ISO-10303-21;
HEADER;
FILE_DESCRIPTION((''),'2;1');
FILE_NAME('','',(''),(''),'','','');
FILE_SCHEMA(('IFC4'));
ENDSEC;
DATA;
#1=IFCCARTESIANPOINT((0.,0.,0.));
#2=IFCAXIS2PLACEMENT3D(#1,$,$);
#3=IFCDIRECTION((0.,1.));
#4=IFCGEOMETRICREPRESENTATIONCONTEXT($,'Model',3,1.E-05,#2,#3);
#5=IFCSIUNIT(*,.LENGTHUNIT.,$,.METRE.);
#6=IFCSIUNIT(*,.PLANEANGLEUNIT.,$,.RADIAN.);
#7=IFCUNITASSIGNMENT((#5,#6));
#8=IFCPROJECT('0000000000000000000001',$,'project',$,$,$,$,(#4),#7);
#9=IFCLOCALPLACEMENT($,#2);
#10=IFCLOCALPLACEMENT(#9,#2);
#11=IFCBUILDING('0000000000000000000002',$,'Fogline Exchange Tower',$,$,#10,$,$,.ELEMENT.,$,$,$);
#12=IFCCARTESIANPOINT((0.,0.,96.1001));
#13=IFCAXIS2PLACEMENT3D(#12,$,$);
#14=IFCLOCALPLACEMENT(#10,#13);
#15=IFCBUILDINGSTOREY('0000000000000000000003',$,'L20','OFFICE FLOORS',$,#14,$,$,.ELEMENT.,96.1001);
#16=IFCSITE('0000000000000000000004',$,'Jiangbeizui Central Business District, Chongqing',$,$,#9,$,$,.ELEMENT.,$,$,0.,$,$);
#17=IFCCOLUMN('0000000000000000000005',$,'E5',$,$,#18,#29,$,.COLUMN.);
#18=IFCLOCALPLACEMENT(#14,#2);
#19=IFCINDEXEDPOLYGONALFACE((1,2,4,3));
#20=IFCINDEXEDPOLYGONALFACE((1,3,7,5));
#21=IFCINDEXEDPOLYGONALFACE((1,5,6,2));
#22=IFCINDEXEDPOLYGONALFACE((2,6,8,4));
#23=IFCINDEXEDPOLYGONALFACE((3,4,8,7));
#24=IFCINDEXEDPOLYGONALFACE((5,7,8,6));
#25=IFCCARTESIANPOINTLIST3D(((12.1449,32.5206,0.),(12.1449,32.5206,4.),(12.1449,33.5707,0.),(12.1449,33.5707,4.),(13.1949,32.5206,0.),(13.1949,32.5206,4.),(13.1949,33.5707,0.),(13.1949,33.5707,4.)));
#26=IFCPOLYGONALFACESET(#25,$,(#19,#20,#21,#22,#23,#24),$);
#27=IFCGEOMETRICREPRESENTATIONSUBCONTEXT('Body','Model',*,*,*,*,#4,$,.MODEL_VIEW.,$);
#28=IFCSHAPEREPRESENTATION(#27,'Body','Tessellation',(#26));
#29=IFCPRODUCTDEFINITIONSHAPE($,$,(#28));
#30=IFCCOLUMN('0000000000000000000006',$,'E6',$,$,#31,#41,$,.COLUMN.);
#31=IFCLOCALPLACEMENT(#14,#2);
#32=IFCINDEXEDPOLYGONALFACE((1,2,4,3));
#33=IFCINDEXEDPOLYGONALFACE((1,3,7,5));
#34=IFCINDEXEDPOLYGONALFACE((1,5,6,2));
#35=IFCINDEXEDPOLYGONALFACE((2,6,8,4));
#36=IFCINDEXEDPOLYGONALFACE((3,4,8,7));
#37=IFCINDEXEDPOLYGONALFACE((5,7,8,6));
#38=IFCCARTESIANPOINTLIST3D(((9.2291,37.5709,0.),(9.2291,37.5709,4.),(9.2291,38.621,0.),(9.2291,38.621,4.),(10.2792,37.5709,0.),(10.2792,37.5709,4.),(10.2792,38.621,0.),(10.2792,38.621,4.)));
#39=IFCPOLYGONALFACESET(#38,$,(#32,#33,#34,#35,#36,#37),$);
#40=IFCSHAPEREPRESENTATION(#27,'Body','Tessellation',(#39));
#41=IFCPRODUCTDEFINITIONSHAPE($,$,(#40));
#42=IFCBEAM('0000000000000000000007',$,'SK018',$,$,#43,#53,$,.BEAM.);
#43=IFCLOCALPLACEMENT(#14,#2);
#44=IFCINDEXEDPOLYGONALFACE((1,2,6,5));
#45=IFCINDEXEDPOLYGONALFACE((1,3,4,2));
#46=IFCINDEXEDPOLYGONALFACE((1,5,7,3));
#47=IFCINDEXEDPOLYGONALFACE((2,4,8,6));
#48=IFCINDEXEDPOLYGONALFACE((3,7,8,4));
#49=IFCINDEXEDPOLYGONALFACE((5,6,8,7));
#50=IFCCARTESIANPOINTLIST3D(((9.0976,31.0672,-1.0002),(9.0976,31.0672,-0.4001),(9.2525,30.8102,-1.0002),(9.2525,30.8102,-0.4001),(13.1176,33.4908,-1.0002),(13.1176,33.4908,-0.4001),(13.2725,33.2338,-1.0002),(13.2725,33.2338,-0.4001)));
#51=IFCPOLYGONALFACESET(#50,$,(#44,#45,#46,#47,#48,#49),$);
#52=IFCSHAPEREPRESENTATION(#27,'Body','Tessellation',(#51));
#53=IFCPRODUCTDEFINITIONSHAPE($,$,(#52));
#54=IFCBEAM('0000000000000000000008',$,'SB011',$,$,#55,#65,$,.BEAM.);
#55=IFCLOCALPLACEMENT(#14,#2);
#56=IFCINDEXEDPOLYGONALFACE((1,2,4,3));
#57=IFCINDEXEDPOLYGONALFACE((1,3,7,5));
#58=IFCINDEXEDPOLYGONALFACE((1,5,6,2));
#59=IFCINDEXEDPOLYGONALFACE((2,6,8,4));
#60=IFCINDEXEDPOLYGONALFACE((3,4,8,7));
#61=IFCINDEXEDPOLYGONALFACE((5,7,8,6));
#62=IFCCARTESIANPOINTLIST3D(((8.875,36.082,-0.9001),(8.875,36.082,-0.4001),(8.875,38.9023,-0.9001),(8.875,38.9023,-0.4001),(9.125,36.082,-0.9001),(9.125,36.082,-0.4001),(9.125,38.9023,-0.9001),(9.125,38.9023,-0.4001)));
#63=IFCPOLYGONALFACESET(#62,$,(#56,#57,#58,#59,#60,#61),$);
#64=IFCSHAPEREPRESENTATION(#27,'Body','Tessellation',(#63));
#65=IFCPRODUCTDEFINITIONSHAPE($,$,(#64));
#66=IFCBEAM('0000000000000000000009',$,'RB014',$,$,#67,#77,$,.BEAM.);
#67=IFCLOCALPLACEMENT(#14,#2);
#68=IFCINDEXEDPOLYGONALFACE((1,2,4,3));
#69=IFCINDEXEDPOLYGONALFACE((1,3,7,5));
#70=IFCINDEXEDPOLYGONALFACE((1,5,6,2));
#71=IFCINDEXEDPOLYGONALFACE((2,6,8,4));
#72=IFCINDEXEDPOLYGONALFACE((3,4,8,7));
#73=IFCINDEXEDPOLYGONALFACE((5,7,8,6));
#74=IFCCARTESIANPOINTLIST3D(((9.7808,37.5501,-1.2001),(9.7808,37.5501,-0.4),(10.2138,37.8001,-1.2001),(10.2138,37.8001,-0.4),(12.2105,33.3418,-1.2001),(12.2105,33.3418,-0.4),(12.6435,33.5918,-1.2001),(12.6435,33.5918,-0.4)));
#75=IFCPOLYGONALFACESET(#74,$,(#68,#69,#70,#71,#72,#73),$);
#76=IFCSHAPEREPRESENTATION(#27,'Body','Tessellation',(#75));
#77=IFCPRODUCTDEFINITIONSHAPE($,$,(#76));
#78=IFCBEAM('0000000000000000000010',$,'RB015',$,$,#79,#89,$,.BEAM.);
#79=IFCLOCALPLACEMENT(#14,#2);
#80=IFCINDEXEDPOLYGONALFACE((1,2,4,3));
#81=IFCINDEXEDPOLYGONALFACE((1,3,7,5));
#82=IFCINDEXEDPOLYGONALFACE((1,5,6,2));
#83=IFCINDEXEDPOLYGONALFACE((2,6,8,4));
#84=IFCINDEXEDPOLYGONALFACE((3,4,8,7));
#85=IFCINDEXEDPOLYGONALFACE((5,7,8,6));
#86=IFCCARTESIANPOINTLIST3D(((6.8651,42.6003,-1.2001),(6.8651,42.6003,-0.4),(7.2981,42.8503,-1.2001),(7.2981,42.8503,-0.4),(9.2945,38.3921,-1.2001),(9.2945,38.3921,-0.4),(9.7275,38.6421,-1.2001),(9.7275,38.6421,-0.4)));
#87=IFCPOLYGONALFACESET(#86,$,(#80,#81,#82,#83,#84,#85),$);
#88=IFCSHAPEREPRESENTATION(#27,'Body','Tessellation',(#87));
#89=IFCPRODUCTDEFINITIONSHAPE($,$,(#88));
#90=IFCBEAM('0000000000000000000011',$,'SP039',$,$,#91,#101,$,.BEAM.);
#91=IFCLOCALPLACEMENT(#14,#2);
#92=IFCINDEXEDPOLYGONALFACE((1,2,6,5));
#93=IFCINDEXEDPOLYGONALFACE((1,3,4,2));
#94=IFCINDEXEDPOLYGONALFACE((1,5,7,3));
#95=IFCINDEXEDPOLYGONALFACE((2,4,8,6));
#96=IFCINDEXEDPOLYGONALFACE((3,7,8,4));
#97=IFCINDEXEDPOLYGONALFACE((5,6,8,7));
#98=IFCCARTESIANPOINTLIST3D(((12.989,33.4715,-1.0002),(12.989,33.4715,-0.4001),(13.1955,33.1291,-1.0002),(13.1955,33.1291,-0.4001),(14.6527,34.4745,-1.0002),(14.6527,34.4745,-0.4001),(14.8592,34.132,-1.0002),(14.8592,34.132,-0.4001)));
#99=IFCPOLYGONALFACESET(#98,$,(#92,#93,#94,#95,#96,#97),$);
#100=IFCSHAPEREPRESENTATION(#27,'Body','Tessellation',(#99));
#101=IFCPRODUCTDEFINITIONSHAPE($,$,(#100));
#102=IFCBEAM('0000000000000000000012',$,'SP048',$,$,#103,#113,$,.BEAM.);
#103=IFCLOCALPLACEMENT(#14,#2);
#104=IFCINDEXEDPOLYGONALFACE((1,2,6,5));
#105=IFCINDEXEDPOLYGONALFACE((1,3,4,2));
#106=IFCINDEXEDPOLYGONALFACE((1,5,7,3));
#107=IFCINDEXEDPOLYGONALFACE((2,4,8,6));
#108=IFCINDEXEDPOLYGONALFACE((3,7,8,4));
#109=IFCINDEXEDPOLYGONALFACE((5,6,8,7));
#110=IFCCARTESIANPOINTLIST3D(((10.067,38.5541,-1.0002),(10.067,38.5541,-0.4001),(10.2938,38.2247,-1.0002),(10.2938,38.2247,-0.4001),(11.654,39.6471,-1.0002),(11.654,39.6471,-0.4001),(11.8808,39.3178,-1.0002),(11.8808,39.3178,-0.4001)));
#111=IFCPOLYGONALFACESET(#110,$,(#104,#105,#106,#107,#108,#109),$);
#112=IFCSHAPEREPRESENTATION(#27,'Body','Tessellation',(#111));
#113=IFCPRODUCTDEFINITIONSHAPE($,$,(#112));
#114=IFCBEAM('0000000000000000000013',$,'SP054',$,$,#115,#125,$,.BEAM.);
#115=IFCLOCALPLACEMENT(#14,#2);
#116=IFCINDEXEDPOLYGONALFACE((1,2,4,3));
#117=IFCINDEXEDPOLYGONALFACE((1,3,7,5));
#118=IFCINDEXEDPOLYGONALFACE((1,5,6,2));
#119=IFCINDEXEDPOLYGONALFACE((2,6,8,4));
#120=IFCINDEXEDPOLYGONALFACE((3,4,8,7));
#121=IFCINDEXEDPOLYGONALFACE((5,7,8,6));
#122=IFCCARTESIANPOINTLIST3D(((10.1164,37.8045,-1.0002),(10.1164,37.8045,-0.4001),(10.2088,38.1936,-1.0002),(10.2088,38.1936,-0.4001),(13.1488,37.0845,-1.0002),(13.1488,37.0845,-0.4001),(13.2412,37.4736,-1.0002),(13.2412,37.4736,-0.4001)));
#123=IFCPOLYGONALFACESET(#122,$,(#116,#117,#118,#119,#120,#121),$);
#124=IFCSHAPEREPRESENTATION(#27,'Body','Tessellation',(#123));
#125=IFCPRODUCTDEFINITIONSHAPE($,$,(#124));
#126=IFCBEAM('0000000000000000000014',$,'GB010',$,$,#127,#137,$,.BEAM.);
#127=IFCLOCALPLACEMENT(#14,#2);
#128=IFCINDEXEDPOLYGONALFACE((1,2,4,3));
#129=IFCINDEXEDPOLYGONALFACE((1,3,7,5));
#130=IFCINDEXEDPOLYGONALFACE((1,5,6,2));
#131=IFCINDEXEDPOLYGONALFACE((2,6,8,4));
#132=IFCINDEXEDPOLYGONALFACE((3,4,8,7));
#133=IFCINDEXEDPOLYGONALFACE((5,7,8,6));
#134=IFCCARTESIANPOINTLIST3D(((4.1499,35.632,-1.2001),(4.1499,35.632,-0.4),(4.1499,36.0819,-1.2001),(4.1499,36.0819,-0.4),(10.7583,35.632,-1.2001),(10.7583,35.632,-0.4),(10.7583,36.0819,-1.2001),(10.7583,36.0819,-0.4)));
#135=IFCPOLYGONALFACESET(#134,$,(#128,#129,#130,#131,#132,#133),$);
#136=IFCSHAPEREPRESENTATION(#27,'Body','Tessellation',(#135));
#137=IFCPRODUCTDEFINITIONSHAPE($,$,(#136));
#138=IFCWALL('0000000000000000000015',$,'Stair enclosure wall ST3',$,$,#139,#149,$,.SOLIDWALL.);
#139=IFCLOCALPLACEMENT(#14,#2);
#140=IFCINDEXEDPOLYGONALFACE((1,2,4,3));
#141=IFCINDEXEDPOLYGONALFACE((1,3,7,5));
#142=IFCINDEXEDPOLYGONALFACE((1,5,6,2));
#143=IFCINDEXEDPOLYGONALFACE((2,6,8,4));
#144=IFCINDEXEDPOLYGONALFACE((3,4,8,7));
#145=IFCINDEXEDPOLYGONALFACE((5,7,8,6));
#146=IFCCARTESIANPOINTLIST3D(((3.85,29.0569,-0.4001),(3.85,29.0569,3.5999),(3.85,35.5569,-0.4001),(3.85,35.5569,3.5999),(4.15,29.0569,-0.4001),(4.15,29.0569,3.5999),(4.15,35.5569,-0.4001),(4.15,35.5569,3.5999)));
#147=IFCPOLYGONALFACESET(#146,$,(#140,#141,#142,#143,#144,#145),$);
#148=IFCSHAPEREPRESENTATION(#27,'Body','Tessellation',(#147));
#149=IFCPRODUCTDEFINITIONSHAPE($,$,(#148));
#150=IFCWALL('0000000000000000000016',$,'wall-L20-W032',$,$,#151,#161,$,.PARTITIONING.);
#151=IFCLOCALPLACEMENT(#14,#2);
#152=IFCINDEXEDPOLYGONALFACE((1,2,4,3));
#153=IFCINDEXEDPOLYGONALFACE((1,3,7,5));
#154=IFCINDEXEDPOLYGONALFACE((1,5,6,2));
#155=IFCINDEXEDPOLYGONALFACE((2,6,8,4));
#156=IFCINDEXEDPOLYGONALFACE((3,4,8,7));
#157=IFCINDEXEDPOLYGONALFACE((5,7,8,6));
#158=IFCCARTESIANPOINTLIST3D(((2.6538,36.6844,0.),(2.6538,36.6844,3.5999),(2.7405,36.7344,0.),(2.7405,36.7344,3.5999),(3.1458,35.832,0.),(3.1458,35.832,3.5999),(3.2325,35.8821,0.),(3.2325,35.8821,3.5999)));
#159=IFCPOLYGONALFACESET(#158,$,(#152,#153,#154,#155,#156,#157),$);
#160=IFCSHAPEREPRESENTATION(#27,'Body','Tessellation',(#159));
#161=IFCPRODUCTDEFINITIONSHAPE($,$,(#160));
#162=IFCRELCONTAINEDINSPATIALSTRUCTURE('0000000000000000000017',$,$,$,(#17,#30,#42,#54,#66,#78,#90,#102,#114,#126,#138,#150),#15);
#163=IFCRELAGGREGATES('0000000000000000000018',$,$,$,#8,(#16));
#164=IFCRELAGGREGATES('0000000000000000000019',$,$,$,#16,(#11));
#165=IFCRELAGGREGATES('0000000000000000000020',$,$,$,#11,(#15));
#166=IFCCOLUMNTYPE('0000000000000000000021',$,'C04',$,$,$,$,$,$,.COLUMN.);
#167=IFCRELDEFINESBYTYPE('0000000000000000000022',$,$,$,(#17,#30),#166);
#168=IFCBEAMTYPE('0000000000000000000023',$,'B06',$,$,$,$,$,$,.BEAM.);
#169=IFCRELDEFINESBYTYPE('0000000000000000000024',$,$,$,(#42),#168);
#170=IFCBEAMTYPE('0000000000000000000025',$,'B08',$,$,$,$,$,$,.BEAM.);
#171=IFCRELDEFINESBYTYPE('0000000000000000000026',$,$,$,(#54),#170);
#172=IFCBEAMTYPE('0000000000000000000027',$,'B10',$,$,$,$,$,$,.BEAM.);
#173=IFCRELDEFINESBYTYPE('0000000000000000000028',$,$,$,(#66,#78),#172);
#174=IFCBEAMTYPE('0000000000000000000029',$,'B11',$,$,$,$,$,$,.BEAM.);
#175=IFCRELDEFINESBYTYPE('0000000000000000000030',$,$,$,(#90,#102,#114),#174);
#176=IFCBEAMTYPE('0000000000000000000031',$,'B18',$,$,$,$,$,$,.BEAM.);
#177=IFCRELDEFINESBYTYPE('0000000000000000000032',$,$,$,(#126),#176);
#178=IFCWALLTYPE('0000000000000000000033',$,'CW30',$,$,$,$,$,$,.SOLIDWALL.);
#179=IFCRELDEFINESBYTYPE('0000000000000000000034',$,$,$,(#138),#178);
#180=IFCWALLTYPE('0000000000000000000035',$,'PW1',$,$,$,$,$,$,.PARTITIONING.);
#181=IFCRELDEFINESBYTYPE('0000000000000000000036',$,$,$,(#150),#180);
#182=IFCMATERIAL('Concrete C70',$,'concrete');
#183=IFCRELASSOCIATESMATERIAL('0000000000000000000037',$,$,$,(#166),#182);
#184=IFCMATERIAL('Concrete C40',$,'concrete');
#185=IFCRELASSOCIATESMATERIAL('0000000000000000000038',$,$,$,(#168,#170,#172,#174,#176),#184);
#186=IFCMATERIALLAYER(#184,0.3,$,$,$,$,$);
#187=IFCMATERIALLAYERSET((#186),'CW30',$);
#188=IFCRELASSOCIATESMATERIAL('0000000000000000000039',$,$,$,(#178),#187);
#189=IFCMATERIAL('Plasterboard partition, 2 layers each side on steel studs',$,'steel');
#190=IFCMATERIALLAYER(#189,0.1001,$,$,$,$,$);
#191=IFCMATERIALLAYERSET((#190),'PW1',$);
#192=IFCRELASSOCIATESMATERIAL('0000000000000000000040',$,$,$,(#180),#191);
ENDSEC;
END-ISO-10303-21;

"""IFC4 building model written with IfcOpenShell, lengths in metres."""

from ifc_helpers import new_model, si_unit, direction, frame, frame_2d, origin, origin_2d, place, context, subcontext, project, spatial, rectangle, extrude, material, layer, layer_set, material_profile, profile_set, type_object, element, save


model = new_model("IFC4")

# Units and contexts
model_context = context("Model", 3, precision=1e-05, world=origin(), true_north=direction((0.0, 1.0)))
body_context = subcontext(model_context, "Body", "Model", "MODEL_VIEW")
ifc_project = project(units=[si_unit("LENGTHUNIT", "METRE"), si_unit("PLANEANGLEUNIT", "RADIAN")], contexts=[model_context])

# Site, building, storey
site_placement = place(None, origin())
site = spatial("IfcSite", under=ifc_project, at=site_placement, Name="Jiangbeizui Central Business District, Chongqing", CompositionType="ELEMENT", RefElevation=0.0)
building_placement = place(site_placement, origin())
building = spatial("IfcBuilding", under=site, at=building_placement, Name="Fogline Exchange Tower", CompositionType="ELEMENT")
storey_placement = place(building_placement, frame((0.0, 0.0, 96.1001)))
storey = spatial("IfcBuildingStorey", under=building, at=storey_placement, Name="L20", Description="OFFICE FLOORS", CompositionType="ELEMENT", Elevation=96.1001)

# Columns
ifc_material_1 = material(Name="Concrete C70", Category="concrete")
ifc_material_profile_1 = material_profile(ifc_material_1, rectangle(XDim=1.05, YDim=1.05, at=origin_2d()), Name="RC 1050x1050")
ifc_profile_set_1 = profile_set([ifc_material_profile_1], Name="Concrete C70")
column_type = type_object("IfcColumnType", Name="C04", PredefinedType="COLUMN", material=ifc_profile_set_1)
for number, where, z_axis, x_axis, name in (
    (1, (12.6699, 33.0457, 0.0), (0.0, 0.0, 1.0), (1.0, 0.0, 0.0), "E5"),
    (2, (9.7542, 38.0959, 0.0), (0.0, 0.0, 1.0), (1.0, 0.0, 0.0), "E6"),
):
    element("IfcColumn", number, at=place(storey_placement, frame(where, z_axis=z_axis, x_axis=x_axis)), inside=storey, type_object=column_type, Name=name, PredefinedType="COLUMN", context=body_context, shape_type="SweptSolid", body=[
        extrude(rectangle(XDim=1.05, YDim=1.05, at=origin_2d()), origin(), (0.0, 0.0, 1.0), 4.0),
    ])

# Beams
ifc_material_2 = material(Name="Concrete C40", Category="concrete")
ifc_material_profile_2 = material_profile(ifc_material_2, rectangle(XDim=0.3, YDim=0.6001, at=origin_2d()), Name="RC 300x600")
ifc_profile_set_2 = profile_set([ifc_material_profile_2], Name="Concrete C40")
beam_type_1 = type_object("IfcBeamType", Name="B06", PredefinedType="BEAM", material=ifc_profile_set_2)
beam_1_placement = place(storey_placement, frame((13.1951, 33.3623, -0.7002), z_axis=(-0.856403, -0.516307, 0.0), x_axis=(0.516307, -0.856403, 0.0)))
element("IfcBeam", 3, at=beam_1_placement, inside=storey, type_object=beam_type_1, Name="SK018", PredefinedType="BEAM", context=body_context, shape_type="SweptSolid", body=[
    extrude(rectangle(XDim=0.3, YDim=0.6001, at=origin_2d()), origin(), (0.0, 0.0, 1.0), 4.6941),
])
ifc_material_profile_3 = material_profile(ifc_material_2, rectangle(XDim=0.25, YDim=0.5, at=origin_2d()), Name="RC 250x500")
ifc_profile_set_3 = profile_set([ifc_material_profile_3], Name="Concrete C40")
beam_type_2 = type_object("IfcBeamType", Name="B08", PredefinedType="BEAM", material=ifc_profile_set_3)
beam_2_placement = place(storey_placement, frame((9.0, 36.082, -0.6501), z_axis=(0.0, 1.0, 0.0), x_axis=(-1.0, 0.0, 0.0)))
element("IfcBeam", 4, at=beam_2_placement, inside=storey, type_object=beam_type_2, Name="SB011", PredefinedType="BEAM", context=body_context, shape_type="SweptSolid", body=[
    extrude(rectangle(XDim=0.25, YDim=0.5, at=origin_2d()), origin(), (0.0, 0.0, 1.0), 2.8203),
])
ifc_material_profile_4 = material_profile(ifc_material_2, rectangle(XDim=0.5, YDim=0.8, at=origin_2d()), Name="RC 500x800")
ifc_profile_set_4 = profile_set([ifc_material_profile_4], Name="Concrete C40")
beam_type_3 = type_object("IfcBeamType", Name="B10", PredefinedType="BEAM", material=ifc_profile_set_4)
beam_3_placement = place(storey_placement, frame((12.427, 33.4668, -0.8), z_axis=(-0.500008, 0.866021, 0.0), x_axis=(-0.866021, -0.500008, 0.0)))
element("IfcBeam", 5, at=beam_3_placement, inside=storey, type_object=beam_type_3, Name="RB014", PredefinedType="BEAM", context=body_context, shape_type="SweptSolid", body=[
    extrude(rectangle(XDim=0.5, YDim=0.8, at=origin_2d()), origin(), (0.0, 0.0, 1.0), 4.8594),
])
beam_4_placement = place(storey_placement, frame((9.511, 38.5171, -0.8), z_axis=(-0.49997, 0.866043, 0.0), x_axis=(-0.866043, -0.49997, 0.0)))
element("IfcBeam", 6, at=beam_4_placement, inside=storey, type_object=beam_type_3, Name="RB015", PredefinedType="BEAM", context=body_context, shape_type="SweptSolid", body=[
    extrude(rectangle(XDim=0.5, YDim=0.8, at=origin_2d()), origin(), (0.0, 0.0, 1.0), 4.8591),
])
ifc_material_profile_5 = material_profile(ifc_material_2, rectangle(XDim=0.3999, YDim=0.6001, at=origin_2d()), Name="RC 400x600")
ifc_profile_set_5 = profile_set([ifc_material_profile_5], Name="Concrete C40")
beam_type_4 = type_object("IfcBeamType", Name="B11", PredefinedType="BEAM", material=ifc_profile_set_5)
beam_5_placement = place(storey_placement, frame((13.0923, 33.3003, -0.7002), z_axis=(0.856404, 0.516306, 0.0), x_axis=(-0.516306, 0.856404, 0.0)))
element("IfcBeam", 7, at=beam_5_placement, inside=storey, type_object=beam_type_4, Name="SP039", PredefinedType="BEAM", context=body_context, shape_type="SweptSolid", body=[
    extrude(rectangle(XDim=0.3999, YDim=0.6001, at=origin_2d()), origin(), (0.0, 0.0, 1.0), 1.9426),
])
beam_6_placement = place(storey_placement, frame((10.1804, 38.3894, -0.7002), z_axis=(0.823554, 0.567238, 0.0), x_axis=(-0.567238, 0.823554, 0.0)))
element("IfcBeam", 8, at=beam_6_placement, inside=storey, type_object=beam_type_4, Name="SP048", PredefinedType="BEAM", context=body_context, shape_type="SweptSolid", body=[
    extrude(rectangle(XDim=0.3999, YDim=0.6001, at=origin_2d()), origin(), (0.0, 0.0, 1.0), 1.927),
])
beam_7_placement = place(storey_placement, frame((10.1626, 37.999, -0.7002), z_axis=(0.972954, -0.230999, 0.0), x_axis=(0.230999, 0.972954, 0.0)))
element("IfcBeam", 9, at=beam_7_placement, inside=storey, type_object=beam_type_4, Name="SP054", PredefinedType="BEAM", context=body_context, shape_type="SweptSolid", body=[
    extrude(rectangle(XDim=0.3999, YDim=0.6001, at=origin_2d()), origin(), (0.0, 0.0, 1.0), 3.1167),
])
ifc_material_profile_6 = material_profile(ifc_material_2, rectangle(XDim=0.45, YDim=0.8, at=origin_2d()), Name="RC 450x800")
ifc_profile_set_6 = profile_set([ifc_material_profile_6], Name="Concrete C40")
beam_type_5 = type_object("IfcBeamType", Name="B18", PredefinedType="BEAM", material=ifc_profile_set_6)
beam_8_placement = place(storey_placement, frame((4.1499, 35.8569, -0.8), z_axis=(1.0, 0.0, 0.0), x_axis=(0.0, 1.0, 0.0)))
element("IfcBeam", 10, at=beam_8_placement, inside=storey, type_object=beam_type_5, Name="GB010", PredefinedType="BEAM", context=body_context, shape_type="SweptSolid", body=[
    extrude(rectangle(XDim=0.45, YDim=0.8, at=origin_2d()), origin(), (0.0, 0.0, 1.0), 6.6084),
])

# Walls
ifc_layer_1 = layer(ifc_material_2, 0.3)
ifc_layer_set_1 = layer_set([ifc_layer_1], Name="CW30")
wall_type_1 = type_object("IfcWallType", Name="CW30", PredefinedType="SOLIDWALL", material=ifc_layer_set_1)
wall_1_placement = place(storey_placement, frame((4.0, 29.0569, -0.4001), z_axis=(0.0, 0.0, 1.0), x_axis=(0.0, 1.0, 0.0)))
element("IfcWall", 11, at=wall_1_placement, inside=storey, type_object=wall_type_1, Name="Stair enclosure wall ST3", PredefinedType="SOLIDWALL", context=body_context, shape_type="SweptSolid", body=[
    extrude(rectangle(XDim=6.5, YDim=0.3, at=frame_2d((3.25, 0.0))), origin(), (0.0, 0.0, 1.0), 4.0),
])
ifc_material_3 = material(Name="Plasterboard partition, 2 layers each side on steel studs", Category="steel")
ifc_layer_2 = layer(ifc_material_3, 0.1001)
ifc_layer_set_2 = layer_set([ifc_layer_2], Name="PW1")
wall_type_2 = type_object("IfcWallType", Name="PW1", PredefinedType="PARTITIONING", material=ifc_layer_set_2)
wall_2_placement = place(storey_placement, frame((3.1892, 35.8569, 0.0), z_axis=(0.0, 0.0, 1.0), x_axis=(-0.499901, 0.866082, 0.0)))
element("IfcWall", 12, at=wall_2_placement, inside=storey, type_object=wall_type_2, Name="wall-L20-W032", PredefinedType="PARTITIONING", context=body_context, shape_type="SweptSolid", body=[
    extrude(rectangle(XDim=0.9841, YDim=0.1001, at=frame_2d((0.4922, 0.0))), origin(), (0.0, 0.0, 1.0), 3.5999),
])

save(model, "model.ifc")
